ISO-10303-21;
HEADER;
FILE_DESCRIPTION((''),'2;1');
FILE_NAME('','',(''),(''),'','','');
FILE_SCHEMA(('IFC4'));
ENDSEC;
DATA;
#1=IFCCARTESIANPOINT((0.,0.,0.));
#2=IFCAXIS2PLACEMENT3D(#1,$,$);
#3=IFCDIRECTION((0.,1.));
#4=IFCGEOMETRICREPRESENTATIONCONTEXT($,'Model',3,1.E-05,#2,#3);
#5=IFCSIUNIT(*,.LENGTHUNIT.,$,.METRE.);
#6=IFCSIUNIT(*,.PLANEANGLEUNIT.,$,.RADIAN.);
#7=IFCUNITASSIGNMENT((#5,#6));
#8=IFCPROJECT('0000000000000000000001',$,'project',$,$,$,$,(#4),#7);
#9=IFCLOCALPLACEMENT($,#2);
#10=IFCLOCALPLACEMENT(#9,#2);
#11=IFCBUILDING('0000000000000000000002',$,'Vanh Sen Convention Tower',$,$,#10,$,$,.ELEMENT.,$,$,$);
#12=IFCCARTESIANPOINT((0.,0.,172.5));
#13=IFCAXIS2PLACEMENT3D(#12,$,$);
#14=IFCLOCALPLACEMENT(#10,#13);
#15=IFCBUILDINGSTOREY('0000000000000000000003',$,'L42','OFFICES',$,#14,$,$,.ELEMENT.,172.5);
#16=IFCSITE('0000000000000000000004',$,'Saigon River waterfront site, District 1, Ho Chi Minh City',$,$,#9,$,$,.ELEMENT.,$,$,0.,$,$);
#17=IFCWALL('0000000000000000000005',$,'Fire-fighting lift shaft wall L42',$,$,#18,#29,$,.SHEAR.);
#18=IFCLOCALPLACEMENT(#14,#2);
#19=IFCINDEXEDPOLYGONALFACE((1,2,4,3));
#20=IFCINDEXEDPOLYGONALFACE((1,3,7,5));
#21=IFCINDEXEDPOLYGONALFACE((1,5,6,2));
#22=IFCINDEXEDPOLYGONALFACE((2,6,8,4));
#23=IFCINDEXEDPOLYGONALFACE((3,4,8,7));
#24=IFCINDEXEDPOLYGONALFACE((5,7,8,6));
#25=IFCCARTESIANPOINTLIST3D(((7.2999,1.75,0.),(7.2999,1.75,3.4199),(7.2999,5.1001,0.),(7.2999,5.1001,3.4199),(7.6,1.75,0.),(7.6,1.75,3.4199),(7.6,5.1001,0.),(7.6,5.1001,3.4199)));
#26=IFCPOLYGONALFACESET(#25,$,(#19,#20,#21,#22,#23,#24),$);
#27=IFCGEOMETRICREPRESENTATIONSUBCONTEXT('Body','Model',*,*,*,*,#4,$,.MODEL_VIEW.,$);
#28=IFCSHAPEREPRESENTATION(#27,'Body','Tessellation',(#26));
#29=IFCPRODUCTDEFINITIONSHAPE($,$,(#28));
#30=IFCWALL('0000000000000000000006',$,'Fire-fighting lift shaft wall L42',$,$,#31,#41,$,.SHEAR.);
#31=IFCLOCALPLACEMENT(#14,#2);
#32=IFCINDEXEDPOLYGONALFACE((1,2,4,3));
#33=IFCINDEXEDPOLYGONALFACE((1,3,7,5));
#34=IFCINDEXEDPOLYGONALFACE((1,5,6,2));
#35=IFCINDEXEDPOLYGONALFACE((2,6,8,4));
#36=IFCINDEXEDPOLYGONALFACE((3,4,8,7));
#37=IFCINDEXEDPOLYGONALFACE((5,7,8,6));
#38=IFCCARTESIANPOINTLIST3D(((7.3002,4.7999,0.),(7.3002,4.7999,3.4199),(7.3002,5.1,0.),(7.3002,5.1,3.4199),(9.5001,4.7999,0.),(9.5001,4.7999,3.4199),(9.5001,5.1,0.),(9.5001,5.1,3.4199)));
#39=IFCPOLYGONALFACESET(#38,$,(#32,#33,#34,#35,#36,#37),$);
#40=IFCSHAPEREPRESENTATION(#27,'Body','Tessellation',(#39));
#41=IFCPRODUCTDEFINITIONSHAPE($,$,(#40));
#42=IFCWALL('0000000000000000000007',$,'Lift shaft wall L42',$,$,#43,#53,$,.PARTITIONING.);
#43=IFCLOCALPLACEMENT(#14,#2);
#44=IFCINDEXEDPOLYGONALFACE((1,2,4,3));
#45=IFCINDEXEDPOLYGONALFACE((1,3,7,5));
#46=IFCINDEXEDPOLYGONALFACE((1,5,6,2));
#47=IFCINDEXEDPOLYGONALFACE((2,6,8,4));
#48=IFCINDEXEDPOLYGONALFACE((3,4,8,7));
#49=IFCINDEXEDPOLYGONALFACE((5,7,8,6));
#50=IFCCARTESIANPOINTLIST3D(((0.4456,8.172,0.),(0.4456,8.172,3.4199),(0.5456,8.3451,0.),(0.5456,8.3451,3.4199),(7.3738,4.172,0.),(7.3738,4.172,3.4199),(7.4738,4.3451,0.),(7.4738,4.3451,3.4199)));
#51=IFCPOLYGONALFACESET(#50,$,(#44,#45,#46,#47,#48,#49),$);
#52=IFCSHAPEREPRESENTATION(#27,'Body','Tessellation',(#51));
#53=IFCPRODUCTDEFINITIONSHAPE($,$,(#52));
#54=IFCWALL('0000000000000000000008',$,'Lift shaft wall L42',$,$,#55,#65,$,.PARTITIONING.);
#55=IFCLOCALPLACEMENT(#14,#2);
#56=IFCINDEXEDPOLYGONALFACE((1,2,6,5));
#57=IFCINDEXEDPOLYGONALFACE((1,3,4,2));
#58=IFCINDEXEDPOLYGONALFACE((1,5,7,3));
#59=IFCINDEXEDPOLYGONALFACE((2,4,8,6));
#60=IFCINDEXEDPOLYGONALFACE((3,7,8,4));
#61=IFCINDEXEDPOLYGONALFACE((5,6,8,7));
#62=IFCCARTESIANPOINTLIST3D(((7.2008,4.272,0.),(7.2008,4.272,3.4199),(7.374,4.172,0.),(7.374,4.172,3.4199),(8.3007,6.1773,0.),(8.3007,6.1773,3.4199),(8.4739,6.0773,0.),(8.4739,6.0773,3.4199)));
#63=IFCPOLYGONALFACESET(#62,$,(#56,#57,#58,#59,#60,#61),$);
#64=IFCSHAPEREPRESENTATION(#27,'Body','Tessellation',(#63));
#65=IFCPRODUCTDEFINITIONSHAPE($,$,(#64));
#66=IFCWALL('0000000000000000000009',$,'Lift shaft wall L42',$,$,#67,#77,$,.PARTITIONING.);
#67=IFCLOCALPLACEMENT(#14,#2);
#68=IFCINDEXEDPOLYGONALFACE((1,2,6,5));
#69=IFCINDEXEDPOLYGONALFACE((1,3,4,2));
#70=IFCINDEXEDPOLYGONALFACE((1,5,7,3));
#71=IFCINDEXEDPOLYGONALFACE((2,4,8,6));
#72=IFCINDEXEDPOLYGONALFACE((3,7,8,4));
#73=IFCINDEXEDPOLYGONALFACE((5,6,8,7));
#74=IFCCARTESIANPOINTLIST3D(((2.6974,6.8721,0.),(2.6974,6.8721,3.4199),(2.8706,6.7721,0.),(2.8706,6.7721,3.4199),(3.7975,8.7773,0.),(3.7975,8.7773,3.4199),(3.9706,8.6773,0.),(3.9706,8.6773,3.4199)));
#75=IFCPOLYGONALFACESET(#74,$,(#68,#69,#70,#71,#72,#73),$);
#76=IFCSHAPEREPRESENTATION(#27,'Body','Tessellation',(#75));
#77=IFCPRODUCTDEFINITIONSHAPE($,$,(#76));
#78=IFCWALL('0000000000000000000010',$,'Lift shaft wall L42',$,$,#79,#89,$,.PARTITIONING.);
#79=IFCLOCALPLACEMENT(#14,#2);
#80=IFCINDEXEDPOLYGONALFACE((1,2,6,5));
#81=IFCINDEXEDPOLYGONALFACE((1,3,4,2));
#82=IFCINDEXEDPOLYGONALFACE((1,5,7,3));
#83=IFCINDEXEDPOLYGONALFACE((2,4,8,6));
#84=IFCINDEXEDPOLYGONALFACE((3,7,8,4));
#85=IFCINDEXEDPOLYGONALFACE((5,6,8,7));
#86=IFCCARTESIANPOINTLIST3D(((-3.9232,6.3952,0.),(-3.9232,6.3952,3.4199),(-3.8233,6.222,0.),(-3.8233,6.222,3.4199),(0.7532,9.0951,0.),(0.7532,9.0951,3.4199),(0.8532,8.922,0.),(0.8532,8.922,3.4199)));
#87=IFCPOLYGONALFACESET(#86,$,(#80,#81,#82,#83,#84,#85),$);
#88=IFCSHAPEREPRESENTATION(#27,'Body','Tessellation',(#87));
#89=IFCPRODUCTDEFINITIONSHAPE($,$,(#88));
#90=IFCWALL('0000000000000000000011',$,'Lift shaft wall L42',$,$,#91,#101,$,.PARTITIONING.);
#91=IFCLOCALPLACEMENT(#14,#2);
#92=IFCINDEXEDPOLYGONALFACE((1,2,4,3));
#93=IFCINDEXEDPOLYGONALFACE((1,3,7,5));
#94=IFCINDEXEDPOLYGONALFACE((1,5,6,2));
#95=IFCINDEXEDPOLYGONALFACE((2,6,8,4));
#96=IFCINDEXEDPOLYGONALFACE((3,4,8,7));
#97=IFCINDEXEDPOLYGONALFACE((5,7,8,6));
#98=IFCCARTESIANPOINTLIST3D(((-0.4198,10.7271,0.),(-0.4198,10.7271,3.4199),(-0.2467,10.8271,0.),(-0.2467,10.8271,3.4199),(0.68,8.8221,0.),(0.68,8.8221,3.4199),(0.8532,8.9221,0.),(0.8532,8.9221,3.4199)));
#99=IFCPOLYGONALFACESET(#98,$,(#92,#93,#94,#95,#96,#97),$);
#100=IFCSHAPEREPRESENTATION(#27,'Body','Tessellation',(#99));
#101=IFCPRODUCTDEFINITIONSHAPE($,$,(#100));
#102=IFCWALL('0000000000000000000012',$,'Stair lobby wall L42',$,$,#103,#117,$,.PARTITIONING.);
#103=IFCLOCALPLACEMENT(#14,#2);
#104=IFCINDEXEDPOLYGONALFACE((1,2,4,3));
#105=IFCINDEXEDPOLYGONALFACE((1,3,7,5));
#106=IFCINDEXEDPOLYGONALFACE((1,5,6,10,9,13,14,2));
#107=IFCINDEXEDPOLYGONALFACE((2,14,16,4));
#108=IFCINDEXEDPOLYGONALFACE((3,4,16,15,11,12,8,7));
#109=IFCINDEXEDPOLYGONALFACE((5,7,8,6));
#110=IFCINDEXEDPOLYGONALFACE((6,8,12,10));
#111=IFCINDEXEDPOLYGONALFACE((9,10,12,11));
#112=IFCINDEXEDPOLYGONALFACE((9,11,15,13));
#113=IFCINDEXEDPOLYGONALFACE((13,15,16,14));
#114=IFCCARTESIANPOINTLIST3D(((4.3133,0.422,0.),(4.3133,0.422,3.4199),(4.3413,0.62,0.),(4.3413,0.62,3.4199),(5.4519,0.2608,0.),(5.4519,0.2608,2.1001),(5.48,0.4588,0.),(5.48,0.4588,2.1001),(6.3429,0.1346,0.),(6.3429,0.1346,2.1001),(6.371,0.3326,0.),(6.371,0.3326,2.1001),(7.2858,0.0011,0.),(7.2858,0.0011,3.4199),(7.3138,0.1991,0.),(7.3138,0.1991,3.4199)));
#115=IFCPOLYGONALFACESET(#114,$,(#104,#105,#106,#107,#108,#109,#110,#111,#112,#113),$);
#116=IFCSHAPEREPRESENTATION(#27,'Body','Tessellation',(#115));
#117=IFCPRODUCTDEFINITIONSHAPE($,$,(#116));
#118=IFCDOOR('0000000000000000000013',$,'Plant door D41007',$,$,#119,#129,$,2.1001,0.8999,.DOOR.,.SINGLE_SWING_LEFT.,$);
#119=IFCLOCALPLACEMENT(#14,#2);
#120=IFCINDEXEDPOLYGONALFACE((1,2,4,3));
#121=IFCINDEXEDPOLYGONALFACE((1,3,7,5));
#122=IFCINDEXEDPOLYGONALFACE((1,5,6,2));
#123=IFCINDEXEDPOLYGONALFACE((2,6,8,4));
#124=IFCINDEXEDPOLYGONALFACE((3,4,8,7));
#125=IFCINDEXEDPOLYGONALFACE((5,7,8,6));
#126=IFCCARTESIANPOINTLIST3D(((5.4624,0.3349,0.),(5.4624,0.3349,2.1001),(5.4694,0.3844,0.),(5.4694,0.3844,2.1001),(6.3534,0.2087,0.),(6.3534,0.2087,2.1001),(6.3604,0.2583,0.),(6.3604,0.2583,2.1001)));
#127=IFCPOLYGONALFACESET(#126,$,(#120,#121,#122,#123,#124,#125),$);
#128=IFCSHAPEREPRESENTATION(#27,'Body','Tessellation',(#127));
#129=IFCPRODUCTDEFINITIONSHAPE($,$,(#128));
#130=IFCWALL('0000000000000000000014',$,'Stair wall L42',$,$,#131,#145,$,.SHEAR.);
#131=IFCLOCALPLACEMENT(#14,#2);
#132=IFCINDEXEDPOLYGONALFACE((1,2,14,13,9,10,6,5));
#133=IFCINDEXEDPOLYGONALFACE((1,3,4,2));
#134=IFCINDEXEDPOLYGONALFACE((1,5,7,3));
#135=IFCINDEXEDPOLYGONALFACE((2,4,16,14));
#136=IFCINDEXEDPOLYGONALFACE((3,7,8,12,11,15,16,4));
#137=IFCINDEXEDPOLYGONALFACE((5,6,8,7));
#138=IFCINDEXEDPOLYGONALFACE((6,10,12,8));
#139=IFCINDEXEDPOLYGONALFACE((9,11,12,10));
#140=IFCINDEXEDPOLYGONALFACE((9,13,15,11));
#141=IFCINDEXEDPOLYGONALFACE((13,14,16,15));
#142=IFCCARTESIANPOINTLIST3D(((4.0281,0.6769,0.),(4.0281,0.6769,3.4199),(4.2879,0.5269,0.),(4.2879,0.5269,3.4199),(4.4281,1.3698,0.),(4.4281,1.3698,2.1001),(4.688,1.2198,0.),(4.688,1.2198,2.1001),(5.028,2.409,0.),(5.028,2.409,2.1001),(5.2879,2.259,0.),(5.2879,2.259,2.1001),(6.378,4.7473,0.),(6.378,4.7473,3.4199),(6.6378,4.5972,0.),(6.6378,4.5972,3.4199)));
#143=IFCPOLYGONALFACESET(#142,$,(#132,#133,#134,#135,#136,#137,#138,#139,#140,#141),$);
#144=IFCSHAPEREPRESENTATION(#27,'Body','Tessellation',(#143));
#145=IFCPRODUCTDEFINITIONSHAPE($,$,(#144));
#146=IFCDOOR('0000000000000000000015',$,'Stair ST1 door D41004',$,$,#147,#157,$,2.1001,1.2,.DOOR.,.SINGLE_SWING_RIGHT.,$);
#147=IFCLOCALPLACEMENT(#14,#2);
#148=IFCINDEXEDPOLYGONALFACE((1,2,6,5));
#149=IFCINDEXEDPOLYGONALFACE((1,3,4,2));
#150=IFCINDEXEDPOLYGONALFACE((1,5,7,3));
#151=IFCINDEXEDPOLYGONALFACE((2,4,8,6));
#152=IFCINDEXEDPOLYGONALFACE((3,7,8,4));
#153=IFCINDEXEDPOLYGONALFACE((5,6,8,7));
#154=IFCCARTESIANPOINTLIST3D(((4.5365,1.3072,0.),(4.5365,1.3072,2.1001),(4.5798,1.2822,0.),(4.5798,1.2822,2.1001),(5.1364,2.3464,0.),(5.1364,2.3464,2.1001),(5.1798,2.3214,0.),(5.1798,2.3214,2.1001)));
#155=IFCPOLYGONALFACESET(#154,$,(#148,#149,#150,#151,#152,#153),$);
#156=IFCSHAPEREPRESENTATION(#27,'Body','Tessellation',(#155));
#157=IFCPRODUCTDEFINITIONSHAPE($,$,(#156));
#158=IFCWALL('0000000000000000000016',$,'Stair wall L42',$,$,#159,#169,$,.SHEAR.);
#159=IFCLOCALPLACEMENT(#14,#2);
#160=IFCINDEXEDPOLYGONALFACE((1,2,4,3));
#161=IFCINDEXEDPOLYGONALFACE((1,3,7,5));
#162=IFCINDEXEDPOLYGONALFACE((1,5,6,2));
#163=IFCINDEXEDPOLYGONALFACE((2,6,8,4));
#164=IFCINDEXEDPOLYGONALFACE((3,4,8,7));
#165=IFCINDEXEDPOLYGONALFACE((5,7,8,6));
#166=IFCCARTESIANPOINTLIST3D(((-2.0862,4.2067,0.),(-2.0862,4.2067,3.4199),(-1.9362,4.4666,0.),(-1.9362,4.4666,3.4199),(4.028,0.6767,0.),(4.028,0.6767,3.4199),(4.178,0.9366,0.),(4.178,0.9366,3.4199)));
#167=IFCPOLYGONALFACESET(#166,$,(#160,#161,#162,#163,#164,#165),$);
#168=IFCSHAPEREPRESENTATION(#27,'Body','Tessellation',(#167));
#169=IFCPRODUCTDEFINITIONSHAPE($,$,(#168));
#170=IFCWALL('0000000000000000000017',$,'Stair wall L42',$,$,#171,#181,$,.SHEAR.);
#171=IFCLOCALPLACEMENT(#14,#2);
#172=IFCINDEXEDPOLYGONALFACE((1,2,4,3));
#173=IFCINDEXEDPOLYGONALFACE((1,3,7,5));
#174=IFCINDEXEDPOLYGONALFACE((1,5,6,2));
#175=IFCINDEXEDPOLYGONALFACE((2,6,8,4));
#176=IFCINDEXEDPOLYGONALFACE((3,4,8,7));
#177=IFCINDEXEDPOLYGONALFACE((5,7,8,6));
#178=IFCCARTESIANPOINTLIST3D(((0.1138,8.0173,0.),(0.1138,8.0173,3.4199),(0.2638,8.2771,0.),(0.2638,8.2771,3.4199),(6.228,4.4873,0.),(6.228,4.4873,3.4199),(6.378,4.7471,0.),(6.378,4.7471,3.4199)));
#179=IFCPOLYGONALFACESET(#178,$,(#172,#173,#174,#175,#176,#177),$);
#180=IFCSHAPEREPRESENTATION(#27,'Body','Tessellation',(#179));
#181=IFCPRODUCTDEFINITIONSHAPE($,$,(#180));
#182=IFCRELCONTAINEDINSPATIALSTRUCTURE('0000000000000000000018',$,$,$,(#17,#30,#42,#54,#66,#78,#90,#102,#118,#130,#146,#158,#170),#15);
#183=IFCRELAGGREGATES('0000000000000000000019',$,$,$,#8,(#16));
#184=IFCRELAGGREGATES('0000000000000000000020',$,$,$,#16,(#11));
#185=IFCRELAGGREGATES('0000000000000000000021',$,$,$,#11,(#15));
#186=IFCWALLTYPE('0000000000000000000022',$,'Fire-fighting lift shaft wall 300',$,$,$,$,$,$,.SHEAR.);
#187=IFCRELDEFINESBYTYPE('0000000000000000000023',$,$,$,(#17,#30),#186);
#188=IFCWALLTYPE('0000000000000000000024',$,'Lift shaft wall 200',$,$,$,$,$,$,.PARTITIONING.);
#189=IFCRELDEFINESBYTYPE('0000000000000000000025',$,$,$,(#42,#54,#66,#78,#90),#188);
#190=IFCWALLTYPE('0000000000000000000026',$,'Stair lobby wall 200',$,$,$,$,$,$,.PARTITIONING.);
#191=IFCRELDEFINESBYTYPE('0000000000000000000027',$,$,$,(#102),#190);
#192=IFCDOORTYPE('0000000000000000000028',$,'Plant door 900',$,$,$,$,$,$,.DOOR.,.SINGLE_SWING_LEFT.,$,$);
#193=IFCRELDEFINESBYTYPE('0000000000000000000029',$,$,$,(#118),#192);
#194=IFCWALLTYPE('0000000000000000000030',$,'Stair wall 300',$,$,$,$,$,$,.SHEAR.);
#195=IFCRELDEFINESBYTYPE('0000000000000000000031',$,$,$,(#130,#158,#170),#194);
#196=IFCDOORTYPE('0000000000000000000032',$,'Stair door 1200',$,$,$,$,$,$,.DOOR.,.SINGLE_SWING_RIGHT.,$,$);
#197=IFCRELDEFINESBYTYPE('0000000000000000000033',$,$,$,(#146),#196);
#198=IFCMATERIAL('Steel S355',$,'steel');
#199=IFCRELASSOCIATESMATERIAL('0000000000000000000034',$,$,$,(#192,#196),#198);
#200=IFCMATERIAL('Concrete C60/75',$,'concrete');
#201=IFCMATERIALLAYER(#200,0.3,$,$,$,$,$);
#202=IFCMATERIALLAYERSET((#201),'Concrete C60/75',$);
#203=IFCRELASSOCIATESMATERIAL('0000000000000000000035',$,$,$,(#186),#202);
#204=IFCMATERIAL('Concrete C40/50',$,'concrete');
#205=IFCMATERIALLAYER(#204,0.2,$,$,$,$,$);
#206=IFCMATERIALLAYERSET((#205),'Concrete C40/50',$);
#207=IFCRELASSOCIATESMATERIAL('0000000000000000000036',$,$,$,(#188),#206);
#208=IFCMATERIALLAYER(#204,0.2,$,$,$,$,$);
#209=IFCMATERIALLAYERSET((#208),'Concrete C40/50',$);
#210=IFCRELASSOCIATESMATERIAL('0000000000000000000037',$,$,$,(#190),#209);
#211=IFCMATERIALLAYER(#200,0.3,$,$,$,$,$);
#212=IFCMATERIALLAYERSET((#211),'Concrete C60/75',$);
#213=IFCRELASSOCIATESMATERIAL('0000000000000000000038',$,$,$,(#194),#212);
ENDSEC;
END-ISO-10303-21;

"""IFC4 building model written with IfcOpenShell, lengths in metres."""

from ifc_helpers import new_model, si_unit, direction, frame, frame_2d, origin, place, context, subcontext, project, spatial, rectangle, extrude, material, layer, layer_set, type_object, element, fill, save


model = new_model("IFC4")

# Units and contexts
model_context = context("Model", 3, precision=1e-05, world=origin(), true_north=direction((0.0, 1.0)))
body_context = subcontext(model_context, "Body", "Model", "MODEL_VIEW")
ifc_project = project(units=[si_unit("LENGTHUNIT", "METRE"), si_unit("PLANEANGLEUNIT", "RADIAN")], contexts=[model_context])

# Site, building, storey
site_placement = place(None, origin())
site = spatial("IfcSite", under=ifc_project, at=site_placement, Name="Saigon River waterfront site, District 1, Ho Chi Minh City", CompositionType="ELEMENT", RefElevation=0.0)
building_placement = place(site_placement, origin())
building = spatial("IfcBuilding", under=site, at=building_placement, Name="Vanh Sen Convention Tower", CompositionType="ELEMENT")
storey_placement = place(building_placement, frame((0.0, 0.0, 172.5)))
storey = spatial("IfcBuildingStorey", under=building, at=storey_placement, Name="L42", Description="OFFICES", CompositionType="ELEMENT", Elevation=172.5)

# Shared definitions
ifc_material_1 = material(Name="Steel S355", Category="steel")
door_type_1 = type_object("IfcDoorType", Name="Plant door 900", OperationType="SINGLE_SWING_LEFT", PredefinedType="DOOR", material=ifc_material_1)

# Shared definitions
ifc_material_2 = material(Name="Concrete C60/75", Category="concrete")
ifc_layer_1 = layer(ifc_material_2, 0.3)
ifc_layer_set_1 = layer_set([ifc_layer_1], Name="Concrete C60/75")
wall_type_1 = type_object("IfcWallType", Name="Fire-fighting lift shaft wall 300", PredefinedType="SHEAR", material=ifc_layer_set_1)

# Walls
wall_1_placement = place(storey_placement, frame((7.45, 1.75, 0.0), z_axis=(0.0, 0.0, 1.0), x_axis=(0.0, 1.0, 0.0)))
element("IfcWall", 1, at=wall_1_placement, inside=storey, type_object=wall_type_1, Name="Fire-fighting lift shaft wall L42", PredefinedType="SHEAR", context=body_context, shape_type="SweptSolid", body=[
    extrude(rectangle(XDim=3.3501, YDim=0.3, at=frame_2d((1.675, 0.0))), origin(), (0.0, 0.0, 1.0), 3.4199),
])
wall_2_placement = place(storey_placement, frame((7.3, 4.95, 0.0), z_axis=(0.0, 0.0, 1.0), x_axis=(1.0, 0.0, 0.0)))
element("IfcWall", 2, at=wall_2_placement, inside=storey, type_object=wall_type_1, Name="Fire-fighting lift shaft wall L42", PredefinedType="SHEAR", context=body_context, shape_type="SweptSolid", body=[
    extrude(rectangle(XDim=2.2, YDim=0.3, at=frame_2d((1.1001, 0.0))), origin(), (0.0, 0.0, 1.0), 3.4199),
])
ifc_material_3 = material(Name="Concrete C40/50", Category="concrete")
ifc_layer_2 = layer(ifc_material_3, 0.2)
ifc_layer_set_2 = layer_set([ifc_layer_2], Name="Concrete C40/50")
wall_type_2 = type_object("IfcWallType", Name="Lift shaft wall 200", PredefinedType="PARTITIONING", material=ifc_layer_set_2)
wall_3_placement = place(storey_placement, frame((7.4238, 4.2585, 0.0), z_axis=(0.0, 0.0, 1.0), x_axis=(-0.866026, 0.499999, 0.0)))
element("IfcWall", 3, at=wall_3_placement, inside=storey, type_object=wall_type_2, Name="Lift shaft wall L42", PredefinedType="PARTITIONING", context=body_context, shape_type="SweptSolid", body=[
    extrude(rectangle(XDim=8.0, YDim=0.2, at=frame_2d((4.0, 0.0))), origin(), (0.0, 0.0, 1.0), 3.4199),
])
for number, where, z_axis, x_axis, name in (
    (4, (7.2874, 4.2219, 0.0), (0.0, 0.0, 1.0), (0.499947, 0.866056, 0.0), "Lift shaft wall L42"),
    (5, (2.7839, 6.822, 0.0), (0.0, 0.0, 1.0), (0.50003, 0.866008, 0.0), "Lift shaft wall L42"),
):
    element("IfcWall", number, at=place(storey_placement, frame(where, z_axis=z_axis, x_axis=x_axis)), inside=storey, type_object=wall_type_2, Name=name, PredefinedType="PARTITIONING", context=body_context, shape_type="SweptSolid", body=[
        extrude(rectangle(XDim=2.2, YDim=0.2, at=frame_2d((1.1001, 0.0))), origin(), (0.0, 0.0, 1.0), 3.4199),
    ])
wall_4_placement = place(storey_placement, frame((0.8032, 9.0085, 0.0), z_axis=(0.0, 0.0, 1.0), x_axis=(-0.866028, -0.499995, 0.0)))
element("IfcWall", 6, at=wall_4_placement, inside=storey, type_object=wall_type_2, Name="Lift shaft wall L42", PredefinedType="PARTITIONING", context=body_context, shape_type="SweptSolid", body=[
    extrude(rectangle(XDim=5.3999, YDim=0.2, at=frame_2d((2.7, 0.0))), origin(), (0.0, 0.0, 1.0), 3.4199),
])
wall_5_placement = place(storey_placement, frame((0.7666, 8.8721, 0.0), z_axis=(0.0, 0.0, 1.0), x_axis=(-0.499995, 0.866028, 0.0)))
element("IfcWall", 7, at=wall_5_placement, inside=storey, type_object=wall_type_2, Name="Lift shaft wall L42", PredefinedType="PARTITIONING", context=body_context, shape_type="SweptSolid", body=[
    extrude(rectangle(XDim=2.1997, YDim=0.2, at=frame_2d((1.0999, 0.0))), origin(), (0.0, 0.0, 1.0), 3.4199),
])

# Walls, openings, doors
ifc_layer_3 = layer(ifc_material_3, 0.2)
ifc_layer_set_3 = layer_set([ifc_layer_3], Name="Concrete C40/50")
wall_type_3 = type_object("IfcWallType", Name="Stair lobby wall 200", PredefinedType="PARTITIONING", material=ifc_layer_set_3)
wall_6_placement = place(storey_placement, frame((4.3274, 0.521, 0.0), z_axis=(0.0, 0.0, 1.0), x_axis=(0.990124, -0.140192, 0.0)))
wall_6 = element("IfcWall", 8, at=wall_6_placement, inside=storey, type_object=wall_type_3, Name="Stair lobby wall L42", PredefinedType="PARTITIONING", context=body_context, shape_type="SweptSolid", body=[
    extrude(rectangle(XDim=3.0022, YDim=0.2, at=frame_2d((1.501, 0.0))), origin(), (0.0, 0.0, 1.0), 3.4199),
])
opening_1_placement = place(wall_6_placement, frame((1.1499, 0.0, 0.0)))
opening_1 = element("IfcOpeningElement", 9, at=opening_1_placement, cuts=wall_6, PredefinedType="OPENING", context=body_context, shape_type="SweptSolid", body=[
    extrude(rectangle(XDim=0.8999, YDim=2.1001, at=frame_2d((0.45, 1.05))), frame((0.0, 0.1099, 0.0), z_axis=(0.0, -1.0, 0.0), x_axis=(1.0, 0.0, 0.0)), (0.0, 0.0, 1.0), 0.22),
])
door_1_placement = place(opening_1_placement, origin())
door_1 = element("IfcDoor", 10, at=door_1_placement, inside=storey, type_object=door_type_1, Name="Plant door D41007", OperationType="SINGLE_SWING_LEFT", OverallHeight=2.1001, OverallWidth=0.8999, PredefinedType="DOOR", context=body_context, shape_type="SweptSolid", body=[
    extrude(rectangle(XDim=0.8999, YDim=2.1001, at=frame_2d((0.45, 1.05))), frame((0.0, 0.0249, 0.0), z_axis=(0.0, -1.0, 0.0), x_axis=(1.0, 0.0, 0.0)), (0.0, 0.0, 1.0), 0.05),
])
fill(opening_1, door_1)
ifc_layer_4 = layer(ifc_material_2, 0.3)
ifc_layer_set_4 = layer_set([ifc_layer_4], Name="Concrete C60/75")
wall_type_4 = type_object("IfcWallType", Name="Stair wall 300", PredefinedType="SHEAR", material=ifc_layer_set_4)
wall_7_placement = place(storey_placement, frame((4.158, 0.6018, 0.0), z_axis=(0.0, 0.0, 1.0), x_axis=(0.499977, 0.866039, 0.0)))
wall_7 = element("IfcWall", 11, at=wall_7_placement, inside=storey, type_object=wall_type_4, Name="Stair wall L42", PredefinedType="SHEAR", context=body_context, shape_type="SweptSolid", body=[
    extrude(rectangle(XDim=4.7, YDim=0.3, at=frame_2d((2.3501, 0.0))), origin(), (0.0, 0.0, 1.0), 3.4199),
])
opening_2_placement = place(wall_7_placement, frame((0.8, 0.0, 0.0)))
opening_2 = element("IfcOpeningElement", 12, at=opening_2_placement, cuts=wall_7, PredefinedType="OPENING", context=body_context, shape_type="SweptSolid", body=[
    extrude(rectangle(XDim=1.2, YDim=2.1001, at=frame_2d((0.6001, 1.05))), frame((0.0, 0.1599, 0.0), z_axis=(0.0, -1.0, 0.0), x_axis=(1.0, 0.0, 0.0)), (0.0, 0.0, 1.0), 0.3201),
])
door_type_2 = type_object("IfcDoorType", Name="Stair door 1200", OperationType="SINGLE_SWING_RIGHT", PredefinedType="DOOR", material=ifc_material_1)
door_2_placement = place(opening_2_placement, origin())
door_2 = element("IfcDoor", 13, at=door_2_placement, inside=storey, type_object=door_type_2, Name="Stair ST1 door D41004", OperationType="SINGLE_SWING_RIGHT", OverallHeight=2.1001, OverallWidth=1.2, PredefinedType="DOOR", context=body_context, shape_type="SweptSolid", body=[
    extrude(rectangle(XDim=1.2, YDim=2.1001, at=frame_2d((0.6001, 1.05))), frame((0.0, 0.0249, 0.0), z_axis=(0.0, -1.0, 0.0), x_axis=(1.0, 0.0, 0.0)), (0.0, 0.0, 1.0), 0.05),
])
fill(opening_2, door_2)

# Walls
for number, where, z_axis, x_axis, name in (
    (14, (4.103, 0.8066, 0.0), (0.0, 0.0, 1.0), (-0.866028, 0.499996, 0.0), "Stair wall L42"),
    (15, (6.303, 4.6172, 0.0), (0.0, 0.0, 1.0), (-0.866028, 0.499996, 0.0), "Stair wall L42"),
):
    element("IfcWall", number, at=place(storey_placement, frame(where, z_axis=z_axis, x_axis=x_axis)), inside=storey, type_object=wall_type_4, Name=name, PredefinedType="SHEAR", context=body_context, shape_type="SweptSolid", body=[
        extrude(rectangle(XDim=7.0601, YDim=0.3, at=frame_2d((3.53, 0.0))), origin(), (0.0, 0.0, 1.0), 3.4199),
    ])

save(model, "model.ifc")
